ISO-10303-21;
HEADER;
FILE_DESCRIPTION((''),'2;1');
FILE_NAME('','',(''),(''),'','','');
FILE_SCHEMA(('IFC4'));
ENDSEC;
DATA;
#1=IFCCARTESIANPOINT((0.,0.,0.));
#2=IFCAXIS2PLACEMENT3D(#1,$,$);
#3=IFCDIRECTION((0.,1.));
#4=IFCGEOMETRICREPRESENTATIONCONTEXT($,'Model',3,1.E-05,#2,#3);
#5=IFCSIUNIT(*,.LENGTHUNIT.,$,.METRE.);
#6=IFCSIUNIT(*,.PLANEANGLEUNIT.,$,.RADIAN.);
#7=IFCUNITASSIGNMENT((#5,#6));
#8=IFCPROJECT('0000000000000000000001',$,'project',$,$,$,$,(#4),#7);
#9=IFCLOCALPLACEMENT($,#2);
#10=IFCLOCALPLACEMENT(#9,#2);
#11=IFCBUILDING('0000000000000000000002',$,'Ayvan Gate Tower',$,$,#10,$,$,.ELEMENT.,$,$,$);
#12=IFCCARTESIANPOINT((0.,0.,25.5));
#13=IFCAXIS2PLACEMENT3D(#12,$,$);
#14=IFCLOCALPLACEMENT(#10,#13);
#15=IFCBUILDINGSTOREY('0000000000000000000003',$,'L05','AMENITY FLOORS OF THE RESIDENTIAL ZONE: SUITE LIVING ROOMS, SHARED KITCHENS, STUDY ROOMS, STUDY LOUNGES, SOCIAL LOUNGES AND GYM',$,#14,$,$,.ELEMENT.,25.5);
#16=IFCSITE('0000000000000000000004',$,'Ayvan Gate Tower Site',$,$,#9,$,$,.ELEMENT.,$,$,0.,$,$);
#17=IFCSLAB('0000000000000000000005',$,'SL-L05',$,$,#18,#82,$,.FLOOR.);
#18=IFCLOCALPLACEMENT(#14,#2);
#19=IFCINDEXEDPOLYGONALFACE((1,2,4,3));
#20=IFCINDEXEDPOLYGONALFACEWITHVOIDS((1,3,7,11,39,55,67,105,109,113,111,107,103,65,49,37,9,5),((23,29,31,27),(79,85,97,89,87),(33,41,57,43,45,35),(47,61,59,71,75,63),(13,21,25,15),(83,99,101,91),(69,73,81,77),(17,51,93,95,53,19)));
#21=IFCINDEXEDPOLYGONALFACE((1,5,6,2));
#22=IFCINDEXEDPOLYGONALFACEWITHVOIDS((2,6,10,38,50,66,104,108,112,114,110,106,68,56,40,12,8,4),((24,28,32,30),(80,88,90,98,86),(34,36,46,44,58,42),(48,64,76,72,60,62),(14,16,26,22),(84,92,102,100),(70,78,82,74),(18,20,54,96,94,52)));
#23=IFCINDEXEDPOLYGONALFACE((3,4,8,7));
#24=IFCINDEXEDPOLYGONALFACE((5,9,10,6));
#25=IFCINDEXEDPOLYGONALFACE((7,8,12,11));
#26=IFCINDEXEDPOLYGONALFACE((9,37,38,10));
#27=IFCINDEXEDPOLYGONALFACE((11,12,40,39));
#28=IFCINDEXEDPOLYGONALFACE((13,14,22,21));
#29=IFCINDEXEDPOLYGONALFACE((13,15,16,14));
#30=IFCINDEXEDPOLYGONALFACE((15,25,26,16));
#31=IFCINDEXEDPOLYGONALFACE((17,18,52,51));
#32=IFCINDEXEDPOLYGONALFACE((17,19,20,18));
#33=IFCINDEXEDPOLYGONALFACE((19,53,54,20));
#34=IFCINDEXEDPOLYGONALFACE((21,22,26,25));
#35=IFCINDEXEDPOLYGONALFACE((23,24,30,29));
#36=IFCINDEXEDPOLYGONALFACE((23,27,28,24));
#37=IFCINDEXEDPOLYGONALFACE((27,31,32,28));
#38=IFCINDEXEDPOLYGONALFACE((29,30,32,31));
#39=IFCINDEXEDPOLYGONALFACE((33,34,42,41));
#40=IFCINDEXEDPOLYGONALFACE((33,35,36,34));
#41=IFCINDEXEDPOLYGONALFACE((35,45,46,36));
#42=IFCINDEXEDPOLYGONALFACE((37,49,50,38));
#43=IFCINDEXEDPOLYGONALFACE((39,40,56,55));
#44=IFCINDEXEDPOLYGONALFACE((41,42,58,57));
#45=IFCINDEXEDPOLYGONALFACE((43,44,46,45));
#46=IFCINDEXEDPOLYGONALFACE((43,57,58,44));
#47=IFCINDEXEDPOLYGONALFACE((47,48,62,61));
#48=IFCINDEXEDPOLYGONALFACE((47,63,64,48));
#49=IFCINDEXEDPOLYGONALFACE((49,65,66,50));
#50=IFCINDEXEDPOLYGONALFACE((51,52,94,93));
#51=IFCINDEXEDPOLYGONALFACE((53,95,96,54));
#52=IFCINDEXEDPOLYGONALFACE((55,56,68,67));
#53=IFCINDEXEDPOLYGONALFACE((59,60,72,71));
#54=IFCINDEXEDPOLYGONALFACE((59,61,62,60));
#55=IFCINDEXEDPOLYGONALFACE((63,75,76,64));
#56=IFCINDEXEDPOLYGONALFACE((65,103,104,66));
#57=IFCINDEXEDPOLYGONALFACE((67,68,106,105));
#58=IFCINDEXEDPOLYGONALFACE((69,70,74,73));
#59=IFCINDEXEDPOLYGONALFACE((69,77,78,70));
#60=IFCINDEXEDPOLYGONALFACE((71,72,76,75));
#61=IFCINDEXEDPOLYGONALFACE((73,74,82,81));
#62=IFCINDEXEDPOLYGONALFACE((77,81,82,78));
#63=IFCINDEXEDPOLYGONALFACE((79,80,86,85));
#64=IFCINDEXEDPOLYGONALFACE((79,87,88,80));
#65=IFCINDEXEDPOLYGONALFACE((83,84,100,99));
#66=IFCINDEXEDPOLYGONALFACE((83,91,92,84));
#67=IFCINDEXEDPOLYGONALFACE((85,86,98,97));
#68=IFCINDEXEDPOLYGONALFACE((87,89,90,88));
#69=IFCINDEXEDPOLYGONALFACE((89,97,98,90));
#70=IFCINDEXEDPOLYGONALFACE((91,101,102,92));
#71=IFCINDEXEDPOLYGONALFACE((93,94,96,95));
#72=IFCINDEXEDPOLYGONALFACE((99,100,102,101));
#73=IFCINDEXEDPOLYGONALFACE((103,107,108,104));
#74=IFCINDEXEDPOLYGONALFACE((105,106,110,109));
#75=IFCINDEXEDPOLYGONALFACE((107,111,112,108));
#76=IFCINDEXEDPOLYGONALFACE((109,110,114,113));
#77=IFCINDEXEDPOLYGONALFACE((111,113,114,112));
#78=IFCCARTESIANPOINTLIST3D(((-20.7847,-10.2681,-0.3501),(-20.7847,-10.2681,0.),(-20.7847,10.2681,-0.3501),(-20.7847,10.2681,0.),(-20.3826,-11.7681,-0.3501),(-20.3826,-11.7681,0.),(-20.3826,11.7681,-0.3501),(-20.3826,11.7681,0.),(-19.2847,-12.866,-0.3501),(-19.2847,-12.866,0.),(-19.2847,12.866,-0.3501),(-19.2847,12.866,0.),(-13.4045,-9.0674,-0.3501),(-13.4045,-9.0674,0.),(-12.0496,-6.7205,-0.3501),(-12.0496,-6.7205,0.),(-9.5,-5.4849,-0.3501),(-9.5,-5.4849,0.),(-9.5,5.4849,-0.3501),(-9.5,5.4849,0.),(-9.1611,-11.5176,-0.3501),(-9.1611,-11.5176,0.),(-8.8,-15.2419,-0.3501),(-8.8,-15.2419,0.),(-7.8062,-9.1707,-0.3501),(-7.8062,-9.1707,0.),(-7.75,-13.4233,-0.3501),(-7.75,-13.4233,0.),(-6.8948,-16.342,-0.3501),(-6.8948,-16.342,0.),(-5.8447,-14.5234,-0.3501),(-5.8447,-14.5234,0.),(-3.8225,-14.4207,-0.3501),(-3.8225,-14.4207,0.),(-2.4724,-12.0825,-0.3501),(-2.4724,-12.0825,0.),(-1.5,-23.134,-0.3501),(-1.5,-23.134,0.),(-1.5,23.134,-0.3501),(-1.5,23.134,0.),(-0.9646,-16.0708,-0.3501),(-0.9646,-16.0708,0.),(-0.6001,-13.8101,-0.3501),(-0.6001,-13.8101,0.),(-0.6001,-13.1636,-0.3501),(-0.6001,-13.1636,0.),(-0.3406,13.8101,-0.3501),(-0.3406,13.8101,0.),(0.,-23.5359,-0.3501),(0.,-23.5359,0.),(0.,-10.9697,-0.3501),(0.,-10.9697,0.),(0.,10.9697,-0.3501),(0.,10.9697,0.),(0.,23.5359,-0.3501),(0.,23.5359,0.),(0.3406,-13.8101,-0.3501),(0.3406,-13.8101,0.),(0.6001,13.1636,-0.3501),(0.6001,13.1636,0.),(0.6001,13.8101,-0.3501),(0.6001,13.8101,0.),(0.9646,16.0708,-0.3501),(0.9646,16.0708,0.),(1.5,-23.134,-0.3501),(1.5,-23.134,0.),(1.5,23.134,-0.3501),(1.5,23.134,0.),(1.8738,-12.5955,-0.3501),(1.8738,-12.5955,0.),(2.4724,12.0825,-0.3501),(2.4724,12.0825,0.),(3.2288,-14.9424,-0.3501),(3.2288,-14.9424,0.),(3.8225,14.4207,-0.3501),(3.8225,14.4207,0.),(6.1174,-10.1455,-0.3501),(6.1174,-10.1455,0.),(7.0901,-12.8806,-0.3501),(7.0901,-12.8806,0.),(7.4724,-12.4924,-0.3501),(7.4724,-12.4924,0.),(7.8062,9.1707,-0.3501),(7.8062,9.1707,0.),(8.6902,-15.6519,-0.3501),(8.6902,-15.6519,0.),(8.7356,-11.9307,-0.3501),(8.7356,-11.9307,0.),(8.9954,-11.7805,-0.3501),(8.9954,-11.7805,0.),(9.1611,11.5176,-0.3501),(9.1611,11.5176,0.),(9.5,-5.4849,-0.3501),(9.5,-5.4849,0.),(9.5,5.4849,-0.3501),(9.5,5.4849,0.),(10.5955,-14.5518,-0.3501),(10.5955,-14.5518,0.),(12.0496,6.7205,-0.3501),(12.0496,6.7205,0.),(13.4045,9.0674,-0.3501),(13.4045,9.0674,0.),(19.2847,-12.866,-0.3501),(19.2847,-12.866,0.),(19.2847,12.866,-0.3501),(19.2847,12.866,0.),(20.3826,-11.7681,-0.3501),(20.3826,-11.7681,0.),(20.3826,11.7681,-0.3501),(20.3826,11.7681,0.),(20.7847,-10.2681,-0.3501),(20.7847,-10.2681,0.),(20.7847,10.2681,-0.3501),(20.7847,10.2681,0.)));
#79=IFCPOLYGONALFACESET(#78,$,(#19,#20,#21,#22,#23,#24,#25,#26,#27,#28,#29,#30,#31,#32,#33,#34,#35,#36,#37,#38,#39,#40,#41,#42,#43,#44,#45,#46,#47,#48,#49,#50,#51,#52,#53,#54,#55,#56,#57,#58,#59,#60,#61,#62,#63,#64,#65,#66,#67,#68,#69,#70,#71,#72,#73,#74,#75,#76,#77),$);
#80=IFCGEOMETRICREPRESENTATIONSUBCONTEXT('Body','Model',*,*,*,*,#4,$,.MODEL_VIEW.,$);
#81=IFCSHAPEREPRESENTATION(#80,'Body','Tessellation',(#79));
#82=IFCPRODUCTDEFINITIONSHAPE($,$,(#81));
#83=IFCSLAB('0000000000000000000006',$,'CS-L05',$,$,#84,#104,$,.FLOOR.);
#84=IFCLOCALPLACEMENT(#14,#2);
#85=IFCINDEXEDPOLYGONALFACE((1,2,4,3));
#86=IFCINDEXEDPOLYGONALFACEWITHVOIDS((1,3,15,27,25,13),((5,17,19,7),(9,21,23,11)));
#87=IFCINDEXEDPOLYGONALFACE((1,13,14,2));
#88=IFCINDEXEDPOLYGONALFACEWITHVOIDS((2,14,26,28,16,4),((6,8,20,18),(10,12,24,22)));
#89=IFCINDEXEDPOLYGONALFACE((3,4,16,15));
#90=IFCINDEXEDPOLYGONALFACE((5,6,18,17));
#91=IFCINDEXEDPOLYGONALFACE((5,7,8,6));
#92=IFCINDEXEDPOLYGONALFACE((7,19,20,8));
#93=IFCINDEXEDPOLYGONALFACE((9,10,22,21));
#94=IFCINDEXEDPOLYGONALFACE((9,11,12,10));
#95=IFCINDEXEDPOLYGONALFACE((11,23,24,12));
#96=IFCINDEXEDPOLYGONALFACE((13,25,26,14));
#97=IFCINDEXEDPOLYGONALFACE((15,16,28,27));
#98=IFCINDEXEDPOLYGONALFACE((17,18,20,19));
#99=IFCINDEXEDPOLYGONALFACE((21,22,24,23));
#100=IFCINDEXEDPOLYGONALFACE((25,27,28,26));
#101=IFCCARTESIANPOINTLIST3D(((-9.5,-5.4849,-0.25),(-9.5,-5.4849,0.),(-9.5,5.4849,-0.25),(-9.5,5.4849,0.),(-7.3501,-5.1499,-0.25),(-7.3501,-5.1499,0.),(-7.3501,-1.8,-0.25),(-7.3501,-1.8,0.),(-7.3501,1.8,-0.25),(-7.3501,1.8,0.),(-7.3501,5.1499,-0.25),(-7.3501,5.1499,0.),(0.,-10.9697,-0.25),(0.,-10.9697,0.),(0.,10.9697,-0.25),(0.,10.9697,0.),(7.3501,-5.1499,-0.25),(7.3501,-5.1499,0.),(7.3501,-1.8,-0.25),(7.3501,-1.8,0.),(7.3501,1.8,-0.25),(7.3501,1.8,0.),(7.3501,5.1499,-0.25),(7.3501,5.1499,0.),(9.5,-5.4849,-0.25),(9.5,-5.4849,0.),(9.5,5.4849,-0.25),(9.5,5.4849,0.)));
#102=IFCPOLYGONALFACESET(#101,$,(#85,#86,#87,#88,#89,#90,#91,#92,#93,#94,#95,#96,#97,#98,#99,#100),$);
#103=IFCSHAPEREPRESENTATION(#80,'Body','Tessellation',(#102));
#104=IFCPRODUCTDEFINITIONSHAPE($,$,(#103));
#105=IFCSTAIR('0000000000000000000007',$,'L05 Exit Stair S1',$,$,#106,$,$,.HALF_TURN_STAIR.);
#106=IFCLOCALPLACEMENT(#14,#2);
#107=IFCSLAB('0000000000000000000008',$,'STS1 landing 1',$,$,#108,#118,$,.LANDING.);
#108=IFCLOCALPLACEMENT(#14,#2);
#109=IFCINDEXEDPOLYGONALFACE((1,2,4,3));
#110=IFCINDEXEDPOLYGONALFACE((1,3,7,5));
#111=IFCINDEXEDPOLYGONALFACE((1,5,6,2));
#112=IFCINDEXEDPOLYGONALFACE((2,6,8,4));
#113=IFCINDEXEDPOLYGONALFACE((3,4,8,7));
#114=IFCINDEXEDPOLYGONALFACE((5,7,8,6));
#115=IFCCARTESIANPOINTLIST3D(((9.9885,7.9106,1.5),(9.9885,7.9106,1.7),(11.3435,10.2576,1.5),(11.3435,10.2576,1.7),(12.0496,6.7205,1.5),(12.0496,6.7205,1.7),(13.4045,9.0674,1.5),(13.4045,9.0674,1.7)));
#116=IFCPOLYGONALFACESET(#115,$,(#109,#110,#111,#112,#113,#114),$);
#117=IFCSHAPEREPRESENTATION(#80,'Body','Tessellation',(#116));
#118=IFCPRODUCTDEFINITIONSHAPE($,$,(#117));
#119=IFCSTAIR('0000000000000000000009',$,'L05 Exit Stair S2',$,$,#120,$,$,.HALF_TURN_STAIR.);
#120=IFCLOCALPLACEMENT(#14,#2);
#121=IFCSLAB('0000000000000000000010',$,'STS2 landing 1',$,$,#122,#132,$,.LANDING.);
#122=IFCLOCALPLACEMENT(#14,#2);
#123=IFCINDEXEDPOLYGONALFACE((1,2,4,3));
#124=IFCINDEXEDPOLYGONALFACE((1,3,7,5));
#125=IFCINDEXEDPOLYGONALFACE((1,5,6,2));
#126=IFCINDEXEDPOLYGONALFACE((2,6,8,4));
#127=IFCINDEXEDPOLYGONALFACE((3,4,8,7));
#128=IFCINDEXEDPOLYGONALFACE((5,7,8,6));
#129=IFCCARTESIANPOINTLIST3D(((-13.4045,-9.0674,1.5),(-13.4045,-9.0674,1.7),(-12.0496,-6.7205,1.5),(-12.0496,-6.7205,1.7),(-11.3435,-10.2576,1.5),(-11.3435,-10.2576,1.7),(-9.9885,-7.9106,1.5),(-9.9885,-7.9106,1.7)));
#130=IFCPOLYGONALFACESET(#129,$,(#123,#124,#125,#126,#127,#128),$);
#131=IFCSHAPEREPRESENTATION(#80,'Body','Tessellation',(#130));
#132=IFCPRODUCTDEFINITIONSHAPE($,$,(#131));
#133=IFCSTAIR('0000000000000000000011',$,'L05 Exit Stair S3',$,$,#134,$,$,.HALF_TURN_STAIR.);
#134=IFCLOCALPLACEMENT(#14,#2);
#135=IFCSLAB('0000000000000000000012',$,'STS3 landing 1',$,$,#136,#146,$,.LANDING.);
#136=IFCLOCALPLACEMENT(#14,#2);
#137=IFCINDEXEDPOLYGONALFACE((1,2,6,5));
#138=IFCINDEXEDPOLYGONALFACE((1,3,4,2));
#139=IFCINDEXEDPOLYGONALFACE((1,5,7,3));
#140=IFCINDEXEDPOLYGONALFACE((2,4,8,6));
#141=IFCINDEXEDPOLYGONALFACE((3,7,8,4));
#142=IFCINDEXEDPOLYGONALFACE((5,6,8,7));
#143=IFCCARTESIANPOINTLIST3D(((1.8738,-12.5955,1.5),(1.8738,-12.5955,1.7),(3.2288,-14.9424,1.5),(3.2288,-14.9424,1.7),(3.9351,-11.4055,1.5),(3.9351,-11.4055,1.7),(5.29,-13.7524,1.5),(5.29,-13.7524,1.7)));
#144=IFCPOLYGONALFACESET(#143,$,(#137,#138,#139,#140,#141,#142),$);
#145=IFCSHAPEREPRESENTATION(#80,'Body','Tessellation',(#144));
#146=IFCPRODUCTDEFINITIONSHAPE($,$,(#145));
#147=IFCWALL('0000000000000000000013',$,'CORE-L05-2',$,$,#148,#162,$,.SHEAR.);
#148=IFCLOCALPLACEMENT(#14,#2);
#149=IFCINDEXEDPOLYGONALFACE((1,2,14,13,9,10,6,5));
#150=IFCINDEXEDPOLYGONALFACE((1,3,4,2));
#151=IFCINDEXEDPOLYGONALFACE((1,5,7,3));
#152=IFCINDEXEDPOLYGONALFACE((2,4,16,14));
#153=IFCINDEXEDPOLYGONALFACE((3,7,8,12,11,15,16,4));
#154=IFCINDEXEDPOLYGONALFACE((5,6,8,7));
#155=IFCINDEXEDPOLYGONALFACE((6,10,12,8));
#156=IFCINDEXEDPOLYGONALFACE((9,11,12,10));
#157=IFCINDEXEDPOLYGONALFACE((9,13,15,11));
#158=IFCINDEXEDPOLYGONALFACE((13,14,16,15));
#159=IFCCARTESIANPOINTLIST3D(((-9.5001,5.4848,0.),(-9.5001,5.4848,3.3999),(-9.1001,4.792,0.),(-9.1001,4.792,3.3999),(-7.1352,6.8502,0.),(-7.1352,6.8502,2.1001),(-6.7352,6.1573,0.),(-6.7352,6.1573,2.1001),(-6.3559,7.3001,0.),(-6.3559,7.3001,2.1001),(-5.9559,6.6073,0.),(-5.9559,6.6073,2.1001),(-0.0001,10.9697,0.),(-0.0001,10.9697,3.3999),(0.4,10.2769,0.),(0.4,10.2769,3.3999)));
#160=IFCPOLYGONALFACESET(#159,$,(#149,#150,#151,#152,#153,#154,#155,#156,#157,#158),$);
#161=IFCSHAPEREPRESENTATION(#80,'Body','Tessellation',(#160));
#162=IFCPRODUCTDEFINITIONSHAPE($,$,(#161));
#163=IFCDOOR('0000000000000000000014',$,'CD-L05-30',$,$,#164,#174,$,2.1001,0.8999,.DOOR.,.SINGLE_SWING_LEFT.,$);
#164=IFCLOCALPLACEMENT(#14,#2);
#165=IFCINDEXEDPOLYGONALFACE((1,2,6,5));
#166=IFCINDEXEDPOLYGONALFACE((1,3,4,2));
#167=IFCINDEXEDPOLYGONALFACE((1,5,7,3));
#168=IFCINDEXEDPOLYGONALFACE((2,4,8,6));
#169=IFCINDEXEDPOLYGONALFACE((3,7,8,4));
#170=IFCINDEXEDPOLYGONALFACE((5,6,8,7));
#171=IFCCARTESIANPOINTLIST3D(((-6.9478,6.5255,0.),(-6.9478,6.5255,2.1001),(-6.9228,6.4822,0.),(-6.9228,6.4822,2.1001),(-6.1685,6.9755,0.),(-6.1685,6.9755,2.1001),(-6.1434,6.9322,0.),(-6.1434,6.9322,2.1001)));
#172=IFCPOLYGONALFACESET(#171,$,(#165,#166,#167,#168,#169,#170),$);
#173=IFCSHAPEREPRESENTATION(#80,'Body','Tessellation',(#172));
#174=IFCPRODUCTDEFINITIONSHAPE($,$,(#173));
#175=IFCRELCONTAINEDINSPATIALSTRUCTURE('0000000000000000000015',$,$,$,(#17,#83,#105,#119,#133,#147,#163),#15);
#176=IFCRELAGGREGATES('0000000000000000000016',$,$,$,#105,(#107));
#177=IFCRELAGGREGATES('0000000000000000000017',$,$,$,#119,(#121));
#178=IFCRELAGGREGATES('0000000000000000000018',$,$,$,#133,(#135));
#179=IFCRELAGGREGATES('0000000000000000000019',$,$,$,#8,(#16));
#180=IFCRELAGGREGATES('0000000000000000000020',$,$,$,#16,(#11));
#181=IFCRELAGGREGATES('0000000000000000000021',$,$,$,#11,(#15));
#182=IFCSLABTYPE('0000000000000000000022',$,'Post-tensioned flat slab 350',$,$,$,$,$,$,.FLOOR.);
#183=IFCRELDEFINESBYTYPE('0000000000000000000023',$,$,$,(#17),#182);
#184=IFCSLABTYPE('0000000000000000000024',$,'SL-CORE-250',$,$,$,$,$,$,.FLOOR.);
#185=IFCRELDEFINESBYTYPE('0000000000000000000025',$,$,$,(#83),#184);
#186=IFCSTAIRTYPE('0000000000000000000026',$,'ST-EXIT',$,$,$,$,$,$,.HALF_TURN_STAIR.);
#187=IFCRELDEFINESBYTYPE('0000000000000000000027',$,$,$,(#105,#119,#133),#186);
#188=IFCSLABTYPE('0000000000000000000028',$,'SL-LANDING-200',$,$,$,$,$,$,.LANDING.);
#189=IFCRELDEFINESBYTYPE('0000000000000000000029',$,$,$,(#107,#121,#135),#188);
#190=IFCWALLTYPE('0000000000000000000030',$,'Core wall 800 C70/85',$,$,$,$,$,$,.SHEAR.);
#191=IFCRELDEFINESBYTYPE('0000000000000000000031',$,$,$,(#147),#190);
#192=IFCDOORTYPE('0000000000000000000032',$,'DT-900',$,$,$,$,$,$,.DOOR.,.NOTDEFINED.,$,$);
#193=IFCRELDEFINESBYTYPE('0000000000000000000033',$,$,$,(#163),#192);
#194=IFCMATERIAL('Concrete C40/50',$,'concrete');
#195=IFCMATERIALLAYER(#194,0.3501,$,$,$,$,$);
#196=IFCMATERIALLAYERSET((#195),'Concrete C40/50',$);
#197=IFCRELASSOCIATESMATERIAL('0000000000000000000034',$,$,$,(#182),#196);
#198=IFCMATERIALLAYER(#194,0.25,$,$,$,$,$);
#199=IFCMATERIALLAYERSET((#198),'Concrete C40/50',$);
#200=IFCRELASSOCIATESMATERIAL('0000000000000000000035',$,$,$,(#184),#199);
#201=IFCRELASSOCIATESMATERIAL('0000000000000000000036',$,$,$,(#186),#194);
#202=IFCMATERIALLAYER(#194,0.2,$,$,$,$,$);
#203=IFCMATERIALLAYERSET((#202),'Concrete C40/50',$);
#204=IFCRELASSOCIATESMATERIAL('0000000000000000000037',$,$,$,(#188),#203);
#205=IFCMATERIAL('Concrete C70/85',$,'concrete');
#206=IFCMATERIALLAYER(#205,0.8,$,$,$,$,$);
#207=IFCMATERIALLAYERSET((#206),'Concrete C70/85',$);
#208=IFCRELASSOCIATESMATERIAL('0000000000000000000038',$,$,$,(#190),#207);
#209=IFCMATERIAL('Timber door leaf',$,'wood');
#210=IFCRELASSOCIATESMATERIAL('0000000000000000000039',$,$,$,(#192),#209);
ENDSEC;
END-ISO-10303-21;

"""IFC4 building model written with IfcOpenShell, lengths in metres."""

from ifc_helpers import new_model, si_unit, direction, frame, frame_2d, origin, place, context, subcontext, project, spatial, polyline, rectangle, outline, extrude, material, layer, layer_set, type_object, element, fill, aggregate, save


model = new_model("IFC4")

# Units and contexts
model_context = context("Model", 3, precision=1e-05, world=origin(), true_north=direction((0.0, 1.0)))
body_context = subcontext(model_context, "Body", "Model", "MODEL_VIEW")
ifc_project = project(units=[si_unit("LENGTHUNIT", "METRE"), si_unit("PLANEANGLEUNIT", "RADIAN")], contexts=[model_context])

# Site, building, storey
site_placement = place(None, origin())
site = spatial("IfcSite", under=ifc_project, at=site_placement, Name="Ayvan Gate Tower Site", CompositionType="ELEMENT", RefElevation=0.0)
building_placement = place(site_placement, origin())
building = spatial("IfcBuilding", under=site, at=building_placement, Name="Ayvan Gate Tower", CompositionType="ELEMENT")
storey_placement = place(building_placement, frame((0.0, 0.0, 25.5)))
storey = spatial("IfcBuildingStorey", under=building, at=storey_placement, Name="L05", Description="AMENITY FLOORS OF THE RESIDENTIAL ZONE: SUITE LIVING ROOMS, SHARED KITCHENS, STUDY ROOMS, STUDY LOUNGES, SOCIAL LOUNGES AND GYM", CompositionType="ELEMENT", Elevation=25.5)

# Slabs
ifc_material_1 = material(Name="Concrete C40/50", Category="concrete")
ifc_layer_1 = layer(ifc_material_1, 0.3501)
ifc_layer_set_1 = layer_set([ifc_layer_1], Name="Concrete C40/50")
slab_type_1 = type_object("IfcSlabType", Name="Post-tensioned flat slab 350", PredefinedType="FLOOR", material=ifc_layer_set_1)
slab_1_placement = place(storey_placement, frame((0.0, 0.0, -0.3501)))
element("IfcSlab", 1, at=slab_1_placement, inside=storey, type_object=slab_type_1, Name="SL-L05", PredefinedType="FLOOR", context=body_context, shape_type="SweptSolid", body=[
    extrude(outline(polyline([(-1.5, -23.134), (-19.2847, -12.866), (-20.3826, -11.7681), (-20.7847, -10.2681), (-20.7847, 10.2681), (-20.3826, 11.7681), (-19.2847, 12.866), (-1.5, 23.134), (0.0, 23.5359), (1.5, 23.134), (19.2847, 12.866), (20.3826, 11.7681), (20.7847, 10.2681), (20.7847, -10.2681), (20.3826, -11.7681), (19.2847, -12.866), (1.5, -23.134), (0.0, -23.5359), (-1.5, -23.134)]), holes=[polyline([(9.1611, 11.5176), (7.8062, 9.1707), (12.0496, 6.7205), (13.4045, 9.0674), (9.1611, 11.5176)]), polyline([(8.9954, -11.7805), (8.7356, -11.9307), (7.0901, -12.8806), (8.6902, -15.6519), (10.5955, -14.5518), (8.9954, -11.7805)]), polyline([(-9.5, 5.4849), (-9.5, -5.4849), (0.0, -10.9697), (9.5, -5.4849), (9.5, 5.4849), (0.0, 10.9697), (-9.5, 5.4849)]), polyline([(7.4724, -12.4924), (6.1174, -10.1455), (1.8738, -12.5955), (3.2288, -14.9424), (7.4724, -12.4924)]), polyline([(3.8225, 14.4207), (0.9646, 16.0708), (-0.3406, 13.8101), (0.6001, 13.8101), (0.6001, 13.1636), (2.4724, 12.0825), (3.8225, 14.4207)]), polyline([(-0.6001, -13.8101), (-0.6001, -13.1636), (-2.4724, -12.0825), (-3.8225, -14.4207), (-0.9646, -16.0708), (0.3406, -13.8101), (-0.6001, -13.8101)]), polyline([(-8.8, -15.2419), (-6.8948, -16.342), (-5.8447, -14.5234), (-7.75, -13.4233), (-8.8, -15.2419)]), polyline([(-12.0496, -6.7205), (-13.4045, -9.0674), (-9.1611, -11.5176), (-7.8062, -9.1707), (-12.0496, -6.7205)])]), origin(), (0.0, 0.0, 1.0), 0.3501),
])
ifc_layer_2 = layer(ifc_material_1, 0.25)
ifc_layer_set_2 = layer_set([ifc_layer_2], Name="Concrete C40/50")
slab_type_2 = type_object("IfcSlabType", Name="SL-CORE-250", PredefinedType="FLOOR", material=ifc_layer_set_2)
slab_2_placement = place(storey_placement, frame((0.0, 0.0, -0.25)))
element("IfcSlab", 2, at=slab_2_placement, inside=storey, type_object=slab_type_2, Name="CS-L05", PredefinedType="FLOOR", context=body_context, shape_type="SweptSolid", body=[
    extrude(outline(polyline([(9.5, -5.4849), (0.0, -10.9697), (-9.5, -5.4849), (-9.5, 5.4849), (0.0, 10.9697), (9.5, 5.4849), (9.5, -5.4849)]), holes=[polyline([(-7.3501, -1.8), (-7.3501, -5.1499), (7.3501, -5.1499), (7.3501, -1.8), (-7.3501, -1.8)]), polyline([(-7.3501, 5.1499), (-7.3501, 1.8), (7.3501, 1.8), (7.3501, 5.1499), (-7.3501, 5.1499)])]), origin(), (0.0, 0.0, 1.0), 0.25),
])

# Stairs, slabs
stair_type = type_object("IfcStairType", Name="ST-EXIT", PredefinedType="HALF_TURN_STAIR", material=ifc_material_1)
stair_1_placement = place(storey_placement, origin())
stair_1 = element("IfcStair", 3, at=stair_1_placement, inside=storey, type_object=stair_type, Name="L05 Exit Stair S1", PredefinedType="HALF_TURN_STAIR")
ifc_layer_3 = layer(ifc_material_1, 0.2)
ifc_layer_set_3 = layer_set([ifc_layer_3], Name="Concrete C40/50")
slab_type_3 = type_object("IfcSlabType", Name="SL-LANDING-200", PredefinedType="LANDING", material=ifc_layer_set_3)
slab_3_placement = place(storey_placement, frame((0.0, 0.0, 1.5)))
slab_3 = element("IfcSlab", 4, at=slab_3_placement, type_object=slab_type_3, Name="STS1 landing 1", PredefinedType="LANDING", context=body_context, shape_type="SweptSolid", body=[
    extrude(outline(polyline([(9.9885, 7.9106), (12.0496, 6.7205), (13.4045, 9.0674), (11.3435, 10.2576), (9.9885, 7.9106)])), origin(), (0.0, 0.0, 1.0), 0.2),
])
aggregate(stair_1, [slab_3])
stair_2_placement = place(storey_placement, origin())
stair_2 = element("IfcStair", 5, at=stair_2_placement, inside=storey, type_object=stair_type, Name="L05 Exit Stair S2", PredefinedType="HALF_TURN_STAIR")
slab_4_placement = place(storey_placement, frame((0.0, 0.0, 1.5)))
slab_4 = element("IfcSlab", 6, at=slab_4_placement, type_object=slab_type_3, Name="STS2 landing 1", PredefinedType="LANDING", context=body_context, shape_type="SweptSolid", body=[
    extrude(outline(polyline([(-9.9885, -7.9106), (-12.0496, -6.7205), (-13.4045, -9.0674), (-11.3435, -10.2576), (-9.9885, -7.9106)])), origin(), (0.0, 0.0, 1.0), 0.2),
])
aggregate(stair_2, [slab_4])
stair_3_placement = place(storey_placement, origin())
stair_3 = element("IfcStair", 7, at=stair_3_placement, inside=storey, type_object=stair_type, Name="L05 Exit Stair S3", PredefinedType="HALF_TURN_STAIR")
slab_5_placement = place(storey_placement, frame((0.0, 0.0, 1.5)))
slab_5 = element("IfcSlab", 8, at=slab_5_placement, type_object=slab_type_3, Name="STS3 landing 1", PredefinedType="LANDING", context=body_context, shape_type="SweptSolid", body=[
    extrude(outline(polyline([(3.9351, -11.4055), (1.8738, -12.5955), (3.2288, -14.9424), (5.29, -13.7524), (3.9351, -11.4055)])), origin(), (0.0, 0.0, 1.0), 0.2),
])
aggregate(stair_3, [slab_5])

# Wall, opening, door
ifc_material_2 = material(Name="Concrete C70/85", Category="concrete")
ifc_layer_4 = layer(ifc_material_2, 0.8)
ifc_layer_set_4 = layer_set([ifc_layer_4], Name="Concrete C70/85")
wall_type_1 = type_object("IfcWallType", Name="Core wall 800 C70/85", PredefinedType="SHEAR", material=ifc_layer_set_4)
wall_1_placement = place(storey_placement, frame((0.2, 10.6233, 0.0), z_axis=(0.0, 0.0, 1.0), x_axis=(-0.866024, -0.500002, 0.0)))
wall_1 = element("IfcWall", 9, at=wall_1_placement, inside=storey, type_object=wall_type_1, Name="CORE-L05-2", PredefinedType="SHEAR", context=body_context, shape_type="SweptSolid", body=[
    extrude(rectangle(XDim=10.9697, YDim=0.8, at=frame_2d((5.4849, 0.0))), origin(), (0.0, 0.0, 1.0), 3.3999),
])
opening_placement = place(wall_1_placement, frame((7.3391, 0.0, 0.0)))
opening = element("IfcOpeningElement", 10, at=opening_placement, cuts=wall_1, PredefinedType="OPENING", context=body_context, shape_type="SweptSolid", body=[
    extrude(rectangle(XDim=0.8999, YDim=2.1001, at=frame_2d((0.45, 1.05))), frame((0.0, 0.4099, 0.0), z_axis=(0.0, -1.0, 0.0), x_axis=(1.0, 0.0, 0.0)), (0.0, 0.0, 1.0), 0.8201),
])
ifc_material_3 = material(Name="Timber door leaf", Category="wood")
door_type = type_object("IfcDoorType", Name="DT-900", OperationType="NOTDEFINED", PredefinedType="DOOR", material=ifc_material_3)
door_placement = place(opening_placement, origin())
door = element("IfcDoor", 11, at=door_placement, inside=storey, type_object=door_type, Name="CD-L05-30", OperationType="SINGLE_SWING_LEFT", OverallHeight=2.1001, OverallWidth=0.8999, PredefinedType="DOOR", context=body_context, shape_type="SweptSolid", body=[
    extrude(rectangle(XDim=0.8999, YDim=2.1001, at=frame_2d((0.45, 1.05))), frame((0.0, 0.0249, 0.0), z_axis=(0.0, -1.0, 0.0), x_axis=(1.0, 0.0, 0.0)), (0.0, 0.0, 1.0), 0.05),
])
fill(opening, door)

save(model, "model.ifc")
